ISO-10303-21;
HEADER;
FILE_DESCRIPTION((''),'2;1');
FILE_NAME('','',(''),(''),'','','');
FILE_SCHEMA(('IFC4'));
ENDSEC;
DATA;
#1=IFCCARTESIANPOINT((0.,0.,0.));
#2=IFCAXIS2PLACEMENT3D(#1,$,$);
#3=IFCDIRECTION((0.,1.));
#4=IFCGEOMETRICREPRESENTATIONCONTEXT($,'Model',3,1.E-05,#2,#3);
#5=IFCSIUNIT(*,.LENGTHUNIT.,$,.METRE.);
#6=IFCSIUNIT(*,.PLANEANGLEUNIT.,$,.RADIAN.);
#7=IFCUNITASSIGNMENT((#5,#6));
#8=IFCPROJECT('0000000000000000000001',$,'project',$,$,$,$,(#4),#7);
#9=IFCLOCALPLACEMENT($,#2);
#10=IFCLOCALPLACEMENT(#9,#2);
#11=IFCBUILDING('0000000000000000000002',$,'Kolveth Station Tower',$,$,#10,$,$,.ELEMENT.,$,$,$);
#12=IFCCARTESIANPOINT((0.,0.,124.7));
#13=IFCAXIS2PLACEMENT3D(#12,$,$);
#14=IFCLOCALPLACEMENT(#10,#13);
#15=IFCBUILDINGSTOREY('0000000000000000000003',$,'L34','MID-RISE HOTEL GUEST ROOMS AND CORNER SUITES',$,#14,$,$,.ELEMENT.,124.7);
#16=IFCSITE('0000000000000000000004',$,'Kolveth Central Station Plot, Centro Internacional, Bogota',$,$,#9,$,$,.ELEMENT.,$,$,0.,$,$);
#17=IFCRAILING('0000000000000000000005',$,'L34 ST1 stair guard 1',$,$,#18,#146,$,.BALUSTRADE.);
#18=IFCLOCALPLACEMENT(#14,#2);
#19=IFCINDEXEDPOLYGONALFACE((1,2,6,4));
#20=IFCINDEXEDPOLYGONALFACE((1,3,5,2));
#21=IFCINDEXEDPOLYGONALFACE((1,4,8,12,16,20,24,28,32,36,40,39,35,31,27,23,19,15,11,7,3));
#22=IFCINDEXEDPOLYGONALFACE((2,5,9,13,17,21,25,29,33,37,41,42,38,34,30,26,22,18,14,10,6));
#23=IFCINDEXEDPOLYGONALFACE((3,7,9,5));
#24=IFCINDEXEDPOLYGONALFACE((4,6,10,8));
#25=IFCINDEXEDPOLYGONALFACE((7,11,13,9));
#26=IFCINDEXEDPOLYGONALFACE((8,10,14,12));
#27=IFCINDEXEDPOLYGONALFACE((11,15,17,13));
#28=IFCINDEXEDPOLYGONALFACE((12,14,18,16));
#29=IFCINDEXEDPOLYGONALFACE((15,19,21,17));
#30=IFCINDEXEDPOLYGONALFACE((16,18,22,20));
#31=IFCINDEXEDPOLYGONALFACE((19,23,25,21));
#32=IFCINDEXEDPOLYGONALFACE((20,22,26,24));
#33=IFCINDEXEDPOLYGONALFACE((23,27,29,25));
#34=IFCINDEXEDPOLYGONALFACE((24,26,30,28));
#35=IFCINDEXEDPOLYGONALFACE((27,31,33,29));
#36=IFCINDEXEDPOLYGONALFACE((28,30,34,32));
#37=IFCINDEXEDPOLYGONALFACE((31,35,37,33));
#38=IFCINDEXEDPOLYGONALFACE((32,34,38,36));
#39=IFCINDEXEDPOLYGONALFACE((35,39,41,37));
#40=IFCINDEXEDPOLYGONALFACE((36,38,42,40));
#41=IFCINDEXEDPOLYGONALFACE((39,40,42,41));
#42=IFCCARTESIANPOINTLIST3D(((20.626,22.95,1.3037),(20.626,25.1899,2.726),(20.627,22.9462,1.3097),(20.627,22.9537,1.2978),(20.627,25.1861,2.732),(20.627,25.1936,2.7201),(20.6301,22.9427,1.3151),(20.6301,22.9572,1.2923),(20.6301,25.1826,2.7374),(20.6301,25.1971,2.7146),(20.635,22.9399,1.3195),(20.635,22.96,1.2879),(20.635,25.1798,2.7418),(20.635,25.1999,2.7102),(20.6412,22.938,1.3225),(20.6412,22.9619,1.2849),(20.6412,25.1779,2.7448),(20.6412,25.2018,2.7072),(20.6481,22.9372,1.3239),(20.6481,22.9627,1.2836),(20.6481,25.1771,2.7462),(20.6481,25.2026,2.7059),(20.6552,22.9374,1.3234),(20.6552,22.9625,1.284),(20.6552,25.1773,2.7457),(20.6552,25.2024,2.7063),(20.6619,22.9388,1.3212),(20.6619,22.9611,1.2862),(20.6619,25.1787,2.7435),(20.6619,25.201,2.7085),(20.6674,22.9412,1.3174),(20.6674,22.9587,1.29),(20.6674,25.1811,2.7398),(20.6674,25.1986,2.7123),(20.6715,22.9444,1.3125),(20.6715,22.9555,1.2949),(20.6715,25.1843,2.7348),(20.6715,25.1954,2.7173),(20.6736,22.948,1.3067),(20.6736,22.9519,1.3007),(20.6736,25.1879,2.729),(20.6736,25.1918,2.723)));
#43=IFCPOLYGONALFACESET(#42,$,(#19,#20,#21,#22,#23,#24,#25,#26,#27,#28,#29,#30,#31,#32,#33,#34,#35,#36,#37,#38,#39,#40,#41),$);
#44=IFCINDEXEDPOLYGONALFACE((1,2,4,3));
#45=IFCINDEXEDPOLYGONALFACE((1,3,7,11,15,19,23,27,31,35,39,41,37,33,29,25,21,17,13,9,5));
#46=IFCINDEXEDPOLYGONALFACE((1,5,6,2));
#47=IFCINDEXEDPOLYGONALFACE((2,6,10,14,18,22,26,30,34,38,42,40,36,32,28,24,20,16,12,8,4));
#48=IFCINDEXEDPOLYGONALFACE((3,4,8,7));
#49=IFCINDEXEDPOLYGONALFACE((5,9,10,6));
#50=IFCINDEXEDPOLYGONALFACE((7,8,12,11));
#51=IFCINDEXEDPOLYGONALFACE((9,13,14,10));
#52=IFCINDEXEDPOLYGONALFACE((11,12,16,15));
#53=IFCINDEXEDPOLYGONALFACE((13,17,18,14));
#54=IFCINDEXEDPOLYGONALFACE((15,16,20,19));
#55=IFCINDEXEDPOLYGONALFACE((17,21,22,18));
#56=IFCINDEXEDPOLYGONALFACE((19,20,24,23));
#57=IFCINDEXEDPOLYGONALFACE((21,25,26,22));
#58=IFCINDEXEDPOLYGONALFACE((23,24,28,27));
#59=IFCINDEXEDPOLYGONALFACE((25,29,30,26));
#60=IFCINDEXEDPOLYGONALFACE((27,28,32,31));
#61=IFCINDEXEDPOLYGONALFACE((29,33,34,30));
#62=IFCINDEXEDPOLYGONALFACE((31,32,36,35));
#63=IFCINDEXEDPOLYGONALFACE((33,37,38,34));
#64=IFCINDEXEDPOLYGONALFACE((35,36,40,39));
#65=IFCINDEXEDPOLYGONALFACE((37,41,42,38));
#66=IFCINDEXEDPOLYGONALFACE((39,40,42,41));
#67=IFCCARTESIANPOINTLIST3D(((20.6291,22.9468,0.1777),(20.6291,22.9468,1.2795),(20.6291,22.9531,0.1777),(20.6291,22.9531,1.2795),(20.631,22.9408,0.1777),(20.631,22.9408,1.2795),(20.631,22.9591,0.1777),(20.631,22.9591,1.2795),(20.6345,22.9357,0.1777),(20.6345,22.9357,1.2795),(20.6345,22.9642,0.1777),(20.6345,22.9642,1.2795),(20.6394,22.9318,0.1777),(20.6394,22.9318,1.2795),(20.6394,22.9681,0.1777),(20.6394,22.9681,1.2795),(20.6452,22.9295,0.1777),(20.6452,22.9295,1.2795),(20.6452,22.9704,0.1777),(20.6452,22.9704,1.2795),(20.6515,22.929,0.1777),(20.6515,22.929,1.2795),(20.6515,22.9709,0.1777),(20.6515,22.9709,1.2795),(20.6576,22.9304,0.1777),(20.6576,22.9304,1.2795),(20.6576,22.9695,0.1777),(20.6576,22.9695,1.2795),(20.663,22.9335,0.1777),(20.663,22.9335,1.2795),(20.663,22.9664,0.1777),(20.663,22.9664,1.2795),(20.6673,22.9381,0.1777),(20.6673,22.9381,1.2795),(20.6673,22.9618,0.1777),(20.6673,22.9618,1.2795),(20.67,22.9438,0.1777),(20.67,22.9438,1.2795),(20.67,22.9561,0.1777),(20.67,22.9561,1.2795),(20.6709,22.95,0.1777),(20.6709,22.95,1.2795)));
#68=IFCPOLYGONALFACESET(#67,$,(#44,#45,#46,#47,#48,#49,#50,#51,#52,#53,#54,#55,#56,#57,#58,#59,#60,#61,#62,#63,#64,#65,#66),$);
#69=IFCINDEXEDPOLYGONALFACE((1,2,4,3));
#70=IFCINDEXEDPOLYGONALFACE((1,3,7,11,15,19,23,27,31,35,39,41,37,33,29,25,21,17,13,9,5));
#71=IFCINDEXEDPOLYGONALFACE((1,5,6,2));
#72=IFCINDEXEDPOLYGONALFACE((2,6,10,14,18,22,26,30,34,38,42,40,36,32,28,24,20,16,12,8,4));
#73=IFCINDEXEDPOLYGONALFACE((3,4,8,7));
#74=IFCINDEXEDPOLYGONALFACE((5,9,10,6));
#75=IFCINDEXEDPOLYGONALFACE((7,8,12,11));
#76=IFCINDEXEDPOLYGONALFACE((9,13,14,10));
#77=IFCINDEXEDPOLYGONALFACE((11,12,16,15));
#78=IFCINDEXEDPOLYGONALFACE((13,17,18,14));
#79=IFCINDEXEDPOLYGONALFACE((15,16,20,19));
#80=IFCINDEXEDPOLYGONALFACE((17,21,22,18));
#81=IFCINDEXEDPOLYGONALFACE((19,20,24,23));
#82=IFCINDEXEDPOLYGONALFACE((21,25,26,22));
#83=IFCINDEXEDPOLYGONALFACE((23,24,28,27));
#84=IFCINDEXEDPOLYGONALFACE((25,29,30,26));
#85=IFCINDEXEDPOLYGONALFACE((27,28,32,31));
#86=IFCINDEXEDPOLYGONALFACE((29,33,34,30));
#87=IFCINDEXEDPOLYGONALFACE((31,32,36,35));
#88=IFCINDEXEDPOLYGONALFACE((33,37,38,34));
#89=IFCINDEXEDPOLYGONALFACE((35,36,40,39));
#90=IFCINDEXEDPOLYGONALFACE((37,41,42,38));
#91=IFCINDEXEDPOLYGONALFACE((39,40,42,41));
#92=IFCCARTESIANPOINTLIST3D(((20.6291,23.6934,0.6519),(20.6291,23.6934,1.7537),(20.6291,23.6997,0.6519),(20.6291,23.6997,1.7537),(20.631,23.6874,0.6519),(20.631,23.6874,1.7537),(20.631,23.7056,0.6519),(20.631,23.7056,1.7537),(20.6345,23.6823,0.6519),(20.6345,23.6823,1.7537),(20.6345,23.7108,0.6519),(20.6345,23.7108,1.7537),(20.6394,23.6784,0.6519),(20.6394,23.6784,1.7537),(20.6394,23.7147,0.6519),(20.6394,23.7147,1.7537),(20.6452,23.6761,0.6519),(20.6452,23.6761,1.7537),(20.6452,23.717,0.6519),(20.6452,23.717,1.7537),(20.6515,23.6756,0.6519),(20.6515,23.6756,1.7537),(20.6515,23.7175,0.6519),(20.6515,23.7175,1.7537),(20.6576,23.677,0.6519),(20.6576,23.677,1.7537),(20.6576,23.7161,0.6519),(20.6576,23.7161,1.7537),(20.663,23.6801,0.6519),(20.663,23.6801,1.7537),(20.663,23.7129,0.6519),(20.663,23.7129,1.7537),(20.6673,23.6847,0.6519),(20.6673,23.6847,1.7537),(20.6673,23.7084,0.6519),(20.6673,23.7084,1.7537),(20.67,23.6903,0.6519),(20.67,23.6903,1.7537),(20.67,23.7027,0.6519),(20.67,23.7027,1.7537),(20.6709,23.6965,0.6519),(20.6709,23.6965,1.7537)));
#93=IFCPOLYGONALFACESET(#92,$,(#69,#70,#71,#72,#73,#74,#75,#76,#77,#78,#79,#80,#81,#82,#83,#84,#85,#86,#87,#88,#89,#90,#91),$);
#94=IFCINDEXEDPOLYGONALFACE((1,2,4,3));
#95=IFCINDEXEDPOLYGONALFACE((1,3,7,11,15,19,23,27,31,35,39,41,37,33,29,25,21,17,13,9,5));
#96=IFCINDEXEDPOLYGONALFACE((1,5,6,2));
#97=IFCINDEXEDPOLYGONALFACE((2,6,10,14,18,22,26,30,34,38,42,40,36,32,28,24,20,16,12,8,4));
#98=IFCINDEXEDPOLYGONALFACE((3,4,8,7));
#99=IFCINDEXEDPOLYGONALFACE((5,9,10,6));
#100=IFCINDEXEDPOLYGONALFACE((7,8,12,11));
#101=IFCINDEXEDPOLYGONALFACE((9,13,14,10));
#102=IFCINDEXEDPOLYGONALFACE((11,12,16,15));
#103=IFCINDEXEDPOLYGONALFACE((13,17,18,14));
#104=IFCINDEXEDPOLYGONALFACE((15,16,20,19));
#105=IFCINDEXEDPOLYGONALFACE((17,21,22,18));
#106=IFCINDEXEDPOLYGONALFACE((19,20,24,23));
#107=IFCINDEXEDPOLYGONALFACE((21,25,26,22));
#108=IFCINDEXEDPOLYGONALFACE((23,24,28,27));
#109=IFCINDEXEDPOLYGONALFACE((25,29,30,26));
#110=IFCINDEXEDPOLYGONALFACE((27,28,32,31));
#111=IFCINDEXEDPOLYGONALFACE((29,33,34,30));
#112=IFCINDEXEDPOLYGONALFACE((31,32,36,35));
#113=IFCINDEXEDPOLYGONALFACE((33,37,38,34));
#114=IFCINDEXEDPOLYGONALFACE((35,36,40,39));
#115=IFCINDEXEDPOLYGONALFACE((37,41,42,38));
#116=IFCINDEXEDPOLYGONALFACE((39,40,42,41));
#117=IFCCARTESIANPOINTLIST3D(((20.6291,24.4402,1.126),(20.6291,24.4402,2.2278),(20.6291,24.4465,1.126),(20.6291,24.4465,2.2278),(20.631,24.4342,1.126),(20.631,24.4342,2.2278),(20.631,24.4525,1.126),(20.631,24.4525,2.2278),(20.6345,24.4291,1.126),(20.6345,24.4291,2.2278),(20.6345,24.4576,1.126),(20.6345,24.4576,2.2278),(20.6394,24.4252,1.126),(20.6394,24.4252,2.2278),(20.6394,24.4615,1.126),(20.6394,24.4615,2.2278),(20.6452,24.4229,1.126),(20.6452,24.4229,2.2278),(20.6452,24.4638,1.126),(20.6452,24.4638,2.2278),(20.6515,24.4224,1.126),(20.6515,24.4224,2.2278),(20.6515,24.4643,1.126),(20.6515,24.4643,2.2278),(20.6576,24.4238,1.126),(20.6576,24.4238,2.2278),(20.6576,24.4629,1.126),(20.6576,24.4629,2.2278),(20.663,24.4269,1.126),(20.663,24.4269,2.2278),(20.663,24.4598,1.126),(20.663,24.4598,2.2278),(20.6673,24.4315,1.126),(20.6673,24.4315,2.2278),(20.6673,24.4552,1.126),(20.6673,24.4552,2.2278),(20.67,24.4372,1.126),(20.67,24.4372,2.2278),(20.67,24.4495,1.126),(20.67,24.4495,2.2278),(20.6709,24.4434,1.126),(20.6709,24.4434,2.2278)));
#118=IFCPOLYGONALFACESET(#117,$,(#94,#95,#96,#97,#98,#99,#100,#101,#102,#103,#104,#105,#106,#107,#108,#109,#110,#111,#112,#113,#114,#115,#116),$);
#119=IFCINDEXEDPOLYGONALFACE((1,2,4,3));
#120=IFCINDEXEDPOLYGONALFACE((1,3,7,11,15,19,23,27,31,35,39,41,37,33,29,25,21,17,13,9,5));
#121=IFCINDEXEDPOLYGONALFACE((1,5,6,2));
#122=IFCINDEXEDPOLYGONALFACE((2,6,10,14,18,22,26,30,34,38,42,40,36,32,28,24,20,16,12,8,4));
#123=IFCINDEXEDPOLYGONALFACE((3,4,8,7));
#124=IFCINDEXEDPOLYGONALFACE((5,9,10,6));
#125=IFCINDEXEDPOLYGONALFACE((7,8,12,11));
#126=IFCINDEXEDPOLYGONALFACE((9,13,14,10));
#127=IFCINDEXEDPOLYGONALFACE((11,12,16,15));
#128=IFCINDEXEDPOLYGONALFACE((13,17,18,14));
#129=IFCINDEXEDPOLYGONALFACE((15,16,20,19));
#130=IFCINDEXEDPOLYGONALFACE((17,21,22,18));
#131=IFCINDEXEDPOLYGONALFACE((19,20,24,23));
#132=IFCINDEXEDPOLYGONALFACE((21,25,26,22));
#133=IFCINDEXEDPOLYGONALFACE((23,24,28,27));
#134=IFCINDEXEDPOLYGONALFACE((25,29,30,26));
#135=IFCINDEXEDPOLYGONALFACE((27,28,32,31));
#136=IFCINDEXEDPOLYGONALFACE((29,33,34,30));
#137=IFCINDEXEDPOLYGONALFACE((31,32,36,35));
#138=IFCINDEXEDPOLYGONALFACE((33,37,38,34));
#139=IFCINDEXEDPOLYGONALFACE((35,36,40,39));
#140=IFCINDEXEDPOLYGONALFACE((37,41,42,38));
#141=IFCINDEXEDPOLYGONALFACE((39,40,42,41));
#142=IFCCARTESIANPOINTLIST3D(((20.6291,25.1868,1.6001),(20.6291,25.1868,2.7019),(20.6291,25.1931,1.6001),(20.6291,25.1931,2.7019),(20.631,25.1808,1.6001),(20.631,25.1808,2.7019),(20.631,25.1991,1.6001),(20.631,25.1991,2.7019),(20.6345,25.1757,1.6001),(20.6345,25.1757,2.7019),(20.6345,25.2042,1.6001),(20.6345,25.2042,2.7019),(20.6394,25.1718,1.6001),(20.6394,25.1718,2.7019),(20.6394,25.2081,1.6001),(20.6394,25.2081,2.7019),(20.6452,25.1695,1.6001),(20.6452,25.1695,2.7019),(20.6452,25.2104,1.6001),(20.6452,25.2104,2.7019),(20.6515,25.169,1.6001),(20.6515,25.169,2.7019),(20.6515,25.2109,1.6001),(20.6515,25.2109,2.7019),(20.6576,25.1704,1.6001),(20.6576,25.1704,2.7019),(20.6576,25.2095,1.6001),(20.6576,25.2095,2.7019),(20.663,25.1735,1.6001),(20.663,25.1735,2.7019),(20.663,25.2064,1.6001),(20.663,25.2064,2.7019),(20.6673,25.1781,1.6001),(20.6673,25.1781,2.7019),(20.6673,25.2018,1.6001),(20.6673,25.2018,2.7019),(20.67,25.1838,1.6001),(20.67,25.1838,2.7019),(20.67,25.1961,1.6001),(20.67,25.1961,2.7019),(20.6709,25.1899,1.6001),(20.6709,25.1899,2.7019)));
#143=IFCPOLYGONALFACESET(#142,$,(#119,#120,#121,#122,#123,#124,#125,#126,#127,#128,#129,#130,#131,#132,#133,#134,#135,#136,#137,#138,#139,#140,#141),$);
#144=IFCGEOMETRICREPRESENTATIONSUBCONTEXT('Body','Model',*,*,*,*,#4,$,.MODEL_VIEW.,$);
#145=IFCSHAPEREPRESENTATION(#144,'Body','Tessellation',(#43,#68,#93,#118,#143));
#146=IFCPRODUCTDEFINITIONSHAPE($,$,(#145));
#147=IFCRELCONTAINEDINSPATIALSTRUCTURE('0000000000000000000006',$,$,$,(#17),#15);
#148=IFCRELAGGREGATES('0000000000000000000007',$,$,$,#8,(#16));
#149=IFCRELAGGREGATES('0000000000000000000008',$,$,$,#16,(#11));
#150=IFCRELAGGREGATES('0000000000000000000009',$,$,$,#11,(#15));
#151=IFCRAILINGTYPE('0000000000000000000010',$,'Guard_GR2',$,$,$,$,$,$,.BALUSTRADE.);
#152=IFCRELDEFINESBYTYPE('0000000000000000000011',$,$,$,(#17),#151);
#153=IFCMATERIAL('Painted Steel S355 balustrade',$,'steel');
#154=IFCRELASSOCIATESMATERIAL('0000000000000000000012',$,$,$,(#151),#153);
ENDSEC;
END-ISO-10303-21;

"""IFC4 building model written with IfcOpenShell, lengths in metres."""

from ifc_helpers import new_model, si_unit, direction, frame, origin, origin_2d, place, context, subcontext, project, spatial, circle, extrude, material, type_object, element, save


model = new_model("IFC4")

# Units and contexts
model_context = context("Model", 3, precision=1e-05, world=origin(), true_north=direction((0.0, 1.0)))
body_context = subcontext(model_context, "Body", "Model", "MODEL_VIEW")
ifc_project = project(units=[si_unit("LENGTHUNIT", "METRE"), si_unit("PLANEANGLEUNIT", "RADIAN")], contexts=[model_context])

# Site, building, storey
site_placement = place(None, origin())
site = spatial("IfcSite", under=ifc_project, at=site_placement, Name="Kolveth Central Station Plot, Centro Internacional, Bogota", CompositionType="ELEMENT", RefElevation=0.0)
building_placement = place(site_placement, origin())
building = spatial("IfcBuilding", under=site, at=building_placement, Name="Kolveth Station Tower", CompositionType="ELEMENT")
storey_placement = place(building_placement, frame((0.0, 0.0, 124.7)))
storey = spatial("IfcBuildingStorey", under=building, at=storey_placement, Name="L34", Description="MID-RISE HOTEL GUEST ROOMS AND CORNER SUITES", CompositionType="ELEMENT", Elevation=124.7)

# Railing
ifc_material_1 = material(Name="Painted Steel S355 balustrade", Category="steel")
railing_type_1 = type_object("IfcRailingType", Name="Guard_GR2", PredefinedType="BALUSTRADE", material=ifc_material_1)
railing_1_placement = place(storey_placement, frame((20.6499, 22.95, 0.1777)))
element("IfcRailing", 1, at=railing_1_placement, inside=storey, type_object=railing_type_1, Name="L34 ST1 stair guard 1", PredefinedType="BALUSTRADE", context=body_context, shape_type="SweptSolid", body=[
    extrude(circle(Radius=0.0239, at=origin_2d()), frame((0.0, 0.0, 1.126), z_axis=(0.0, 0.844188, 0.536048), x_axis=(-1.0, 0.0, 0.0)), (0.0, 0.0, 1.0), 2.6533),
    extrude(circle(Radius=0.021, at=origin_2d()), origin(), (0.0, 0.0, 1.0), 1.1018),
    extrude(circle(Radius=0.021, at=origin_2d()), frame((0.0, 0.7466, 0.4741)), (0.0, 0.0, 1.0), 1.1018),
    extrude(circle(Radius=0.021, at=origin_2d()), frame((0.0, 1.4934, 0.9482)), (0.0, 0.0, 1.0), 1.1018),
    extrude(circle(Radius=0.021, at=origin_2d()), frame((0.0, 2.24, 1.4224)), (0.0, 0.0, 1.0), 1.1018),
])

save(model, "model.ifc")
